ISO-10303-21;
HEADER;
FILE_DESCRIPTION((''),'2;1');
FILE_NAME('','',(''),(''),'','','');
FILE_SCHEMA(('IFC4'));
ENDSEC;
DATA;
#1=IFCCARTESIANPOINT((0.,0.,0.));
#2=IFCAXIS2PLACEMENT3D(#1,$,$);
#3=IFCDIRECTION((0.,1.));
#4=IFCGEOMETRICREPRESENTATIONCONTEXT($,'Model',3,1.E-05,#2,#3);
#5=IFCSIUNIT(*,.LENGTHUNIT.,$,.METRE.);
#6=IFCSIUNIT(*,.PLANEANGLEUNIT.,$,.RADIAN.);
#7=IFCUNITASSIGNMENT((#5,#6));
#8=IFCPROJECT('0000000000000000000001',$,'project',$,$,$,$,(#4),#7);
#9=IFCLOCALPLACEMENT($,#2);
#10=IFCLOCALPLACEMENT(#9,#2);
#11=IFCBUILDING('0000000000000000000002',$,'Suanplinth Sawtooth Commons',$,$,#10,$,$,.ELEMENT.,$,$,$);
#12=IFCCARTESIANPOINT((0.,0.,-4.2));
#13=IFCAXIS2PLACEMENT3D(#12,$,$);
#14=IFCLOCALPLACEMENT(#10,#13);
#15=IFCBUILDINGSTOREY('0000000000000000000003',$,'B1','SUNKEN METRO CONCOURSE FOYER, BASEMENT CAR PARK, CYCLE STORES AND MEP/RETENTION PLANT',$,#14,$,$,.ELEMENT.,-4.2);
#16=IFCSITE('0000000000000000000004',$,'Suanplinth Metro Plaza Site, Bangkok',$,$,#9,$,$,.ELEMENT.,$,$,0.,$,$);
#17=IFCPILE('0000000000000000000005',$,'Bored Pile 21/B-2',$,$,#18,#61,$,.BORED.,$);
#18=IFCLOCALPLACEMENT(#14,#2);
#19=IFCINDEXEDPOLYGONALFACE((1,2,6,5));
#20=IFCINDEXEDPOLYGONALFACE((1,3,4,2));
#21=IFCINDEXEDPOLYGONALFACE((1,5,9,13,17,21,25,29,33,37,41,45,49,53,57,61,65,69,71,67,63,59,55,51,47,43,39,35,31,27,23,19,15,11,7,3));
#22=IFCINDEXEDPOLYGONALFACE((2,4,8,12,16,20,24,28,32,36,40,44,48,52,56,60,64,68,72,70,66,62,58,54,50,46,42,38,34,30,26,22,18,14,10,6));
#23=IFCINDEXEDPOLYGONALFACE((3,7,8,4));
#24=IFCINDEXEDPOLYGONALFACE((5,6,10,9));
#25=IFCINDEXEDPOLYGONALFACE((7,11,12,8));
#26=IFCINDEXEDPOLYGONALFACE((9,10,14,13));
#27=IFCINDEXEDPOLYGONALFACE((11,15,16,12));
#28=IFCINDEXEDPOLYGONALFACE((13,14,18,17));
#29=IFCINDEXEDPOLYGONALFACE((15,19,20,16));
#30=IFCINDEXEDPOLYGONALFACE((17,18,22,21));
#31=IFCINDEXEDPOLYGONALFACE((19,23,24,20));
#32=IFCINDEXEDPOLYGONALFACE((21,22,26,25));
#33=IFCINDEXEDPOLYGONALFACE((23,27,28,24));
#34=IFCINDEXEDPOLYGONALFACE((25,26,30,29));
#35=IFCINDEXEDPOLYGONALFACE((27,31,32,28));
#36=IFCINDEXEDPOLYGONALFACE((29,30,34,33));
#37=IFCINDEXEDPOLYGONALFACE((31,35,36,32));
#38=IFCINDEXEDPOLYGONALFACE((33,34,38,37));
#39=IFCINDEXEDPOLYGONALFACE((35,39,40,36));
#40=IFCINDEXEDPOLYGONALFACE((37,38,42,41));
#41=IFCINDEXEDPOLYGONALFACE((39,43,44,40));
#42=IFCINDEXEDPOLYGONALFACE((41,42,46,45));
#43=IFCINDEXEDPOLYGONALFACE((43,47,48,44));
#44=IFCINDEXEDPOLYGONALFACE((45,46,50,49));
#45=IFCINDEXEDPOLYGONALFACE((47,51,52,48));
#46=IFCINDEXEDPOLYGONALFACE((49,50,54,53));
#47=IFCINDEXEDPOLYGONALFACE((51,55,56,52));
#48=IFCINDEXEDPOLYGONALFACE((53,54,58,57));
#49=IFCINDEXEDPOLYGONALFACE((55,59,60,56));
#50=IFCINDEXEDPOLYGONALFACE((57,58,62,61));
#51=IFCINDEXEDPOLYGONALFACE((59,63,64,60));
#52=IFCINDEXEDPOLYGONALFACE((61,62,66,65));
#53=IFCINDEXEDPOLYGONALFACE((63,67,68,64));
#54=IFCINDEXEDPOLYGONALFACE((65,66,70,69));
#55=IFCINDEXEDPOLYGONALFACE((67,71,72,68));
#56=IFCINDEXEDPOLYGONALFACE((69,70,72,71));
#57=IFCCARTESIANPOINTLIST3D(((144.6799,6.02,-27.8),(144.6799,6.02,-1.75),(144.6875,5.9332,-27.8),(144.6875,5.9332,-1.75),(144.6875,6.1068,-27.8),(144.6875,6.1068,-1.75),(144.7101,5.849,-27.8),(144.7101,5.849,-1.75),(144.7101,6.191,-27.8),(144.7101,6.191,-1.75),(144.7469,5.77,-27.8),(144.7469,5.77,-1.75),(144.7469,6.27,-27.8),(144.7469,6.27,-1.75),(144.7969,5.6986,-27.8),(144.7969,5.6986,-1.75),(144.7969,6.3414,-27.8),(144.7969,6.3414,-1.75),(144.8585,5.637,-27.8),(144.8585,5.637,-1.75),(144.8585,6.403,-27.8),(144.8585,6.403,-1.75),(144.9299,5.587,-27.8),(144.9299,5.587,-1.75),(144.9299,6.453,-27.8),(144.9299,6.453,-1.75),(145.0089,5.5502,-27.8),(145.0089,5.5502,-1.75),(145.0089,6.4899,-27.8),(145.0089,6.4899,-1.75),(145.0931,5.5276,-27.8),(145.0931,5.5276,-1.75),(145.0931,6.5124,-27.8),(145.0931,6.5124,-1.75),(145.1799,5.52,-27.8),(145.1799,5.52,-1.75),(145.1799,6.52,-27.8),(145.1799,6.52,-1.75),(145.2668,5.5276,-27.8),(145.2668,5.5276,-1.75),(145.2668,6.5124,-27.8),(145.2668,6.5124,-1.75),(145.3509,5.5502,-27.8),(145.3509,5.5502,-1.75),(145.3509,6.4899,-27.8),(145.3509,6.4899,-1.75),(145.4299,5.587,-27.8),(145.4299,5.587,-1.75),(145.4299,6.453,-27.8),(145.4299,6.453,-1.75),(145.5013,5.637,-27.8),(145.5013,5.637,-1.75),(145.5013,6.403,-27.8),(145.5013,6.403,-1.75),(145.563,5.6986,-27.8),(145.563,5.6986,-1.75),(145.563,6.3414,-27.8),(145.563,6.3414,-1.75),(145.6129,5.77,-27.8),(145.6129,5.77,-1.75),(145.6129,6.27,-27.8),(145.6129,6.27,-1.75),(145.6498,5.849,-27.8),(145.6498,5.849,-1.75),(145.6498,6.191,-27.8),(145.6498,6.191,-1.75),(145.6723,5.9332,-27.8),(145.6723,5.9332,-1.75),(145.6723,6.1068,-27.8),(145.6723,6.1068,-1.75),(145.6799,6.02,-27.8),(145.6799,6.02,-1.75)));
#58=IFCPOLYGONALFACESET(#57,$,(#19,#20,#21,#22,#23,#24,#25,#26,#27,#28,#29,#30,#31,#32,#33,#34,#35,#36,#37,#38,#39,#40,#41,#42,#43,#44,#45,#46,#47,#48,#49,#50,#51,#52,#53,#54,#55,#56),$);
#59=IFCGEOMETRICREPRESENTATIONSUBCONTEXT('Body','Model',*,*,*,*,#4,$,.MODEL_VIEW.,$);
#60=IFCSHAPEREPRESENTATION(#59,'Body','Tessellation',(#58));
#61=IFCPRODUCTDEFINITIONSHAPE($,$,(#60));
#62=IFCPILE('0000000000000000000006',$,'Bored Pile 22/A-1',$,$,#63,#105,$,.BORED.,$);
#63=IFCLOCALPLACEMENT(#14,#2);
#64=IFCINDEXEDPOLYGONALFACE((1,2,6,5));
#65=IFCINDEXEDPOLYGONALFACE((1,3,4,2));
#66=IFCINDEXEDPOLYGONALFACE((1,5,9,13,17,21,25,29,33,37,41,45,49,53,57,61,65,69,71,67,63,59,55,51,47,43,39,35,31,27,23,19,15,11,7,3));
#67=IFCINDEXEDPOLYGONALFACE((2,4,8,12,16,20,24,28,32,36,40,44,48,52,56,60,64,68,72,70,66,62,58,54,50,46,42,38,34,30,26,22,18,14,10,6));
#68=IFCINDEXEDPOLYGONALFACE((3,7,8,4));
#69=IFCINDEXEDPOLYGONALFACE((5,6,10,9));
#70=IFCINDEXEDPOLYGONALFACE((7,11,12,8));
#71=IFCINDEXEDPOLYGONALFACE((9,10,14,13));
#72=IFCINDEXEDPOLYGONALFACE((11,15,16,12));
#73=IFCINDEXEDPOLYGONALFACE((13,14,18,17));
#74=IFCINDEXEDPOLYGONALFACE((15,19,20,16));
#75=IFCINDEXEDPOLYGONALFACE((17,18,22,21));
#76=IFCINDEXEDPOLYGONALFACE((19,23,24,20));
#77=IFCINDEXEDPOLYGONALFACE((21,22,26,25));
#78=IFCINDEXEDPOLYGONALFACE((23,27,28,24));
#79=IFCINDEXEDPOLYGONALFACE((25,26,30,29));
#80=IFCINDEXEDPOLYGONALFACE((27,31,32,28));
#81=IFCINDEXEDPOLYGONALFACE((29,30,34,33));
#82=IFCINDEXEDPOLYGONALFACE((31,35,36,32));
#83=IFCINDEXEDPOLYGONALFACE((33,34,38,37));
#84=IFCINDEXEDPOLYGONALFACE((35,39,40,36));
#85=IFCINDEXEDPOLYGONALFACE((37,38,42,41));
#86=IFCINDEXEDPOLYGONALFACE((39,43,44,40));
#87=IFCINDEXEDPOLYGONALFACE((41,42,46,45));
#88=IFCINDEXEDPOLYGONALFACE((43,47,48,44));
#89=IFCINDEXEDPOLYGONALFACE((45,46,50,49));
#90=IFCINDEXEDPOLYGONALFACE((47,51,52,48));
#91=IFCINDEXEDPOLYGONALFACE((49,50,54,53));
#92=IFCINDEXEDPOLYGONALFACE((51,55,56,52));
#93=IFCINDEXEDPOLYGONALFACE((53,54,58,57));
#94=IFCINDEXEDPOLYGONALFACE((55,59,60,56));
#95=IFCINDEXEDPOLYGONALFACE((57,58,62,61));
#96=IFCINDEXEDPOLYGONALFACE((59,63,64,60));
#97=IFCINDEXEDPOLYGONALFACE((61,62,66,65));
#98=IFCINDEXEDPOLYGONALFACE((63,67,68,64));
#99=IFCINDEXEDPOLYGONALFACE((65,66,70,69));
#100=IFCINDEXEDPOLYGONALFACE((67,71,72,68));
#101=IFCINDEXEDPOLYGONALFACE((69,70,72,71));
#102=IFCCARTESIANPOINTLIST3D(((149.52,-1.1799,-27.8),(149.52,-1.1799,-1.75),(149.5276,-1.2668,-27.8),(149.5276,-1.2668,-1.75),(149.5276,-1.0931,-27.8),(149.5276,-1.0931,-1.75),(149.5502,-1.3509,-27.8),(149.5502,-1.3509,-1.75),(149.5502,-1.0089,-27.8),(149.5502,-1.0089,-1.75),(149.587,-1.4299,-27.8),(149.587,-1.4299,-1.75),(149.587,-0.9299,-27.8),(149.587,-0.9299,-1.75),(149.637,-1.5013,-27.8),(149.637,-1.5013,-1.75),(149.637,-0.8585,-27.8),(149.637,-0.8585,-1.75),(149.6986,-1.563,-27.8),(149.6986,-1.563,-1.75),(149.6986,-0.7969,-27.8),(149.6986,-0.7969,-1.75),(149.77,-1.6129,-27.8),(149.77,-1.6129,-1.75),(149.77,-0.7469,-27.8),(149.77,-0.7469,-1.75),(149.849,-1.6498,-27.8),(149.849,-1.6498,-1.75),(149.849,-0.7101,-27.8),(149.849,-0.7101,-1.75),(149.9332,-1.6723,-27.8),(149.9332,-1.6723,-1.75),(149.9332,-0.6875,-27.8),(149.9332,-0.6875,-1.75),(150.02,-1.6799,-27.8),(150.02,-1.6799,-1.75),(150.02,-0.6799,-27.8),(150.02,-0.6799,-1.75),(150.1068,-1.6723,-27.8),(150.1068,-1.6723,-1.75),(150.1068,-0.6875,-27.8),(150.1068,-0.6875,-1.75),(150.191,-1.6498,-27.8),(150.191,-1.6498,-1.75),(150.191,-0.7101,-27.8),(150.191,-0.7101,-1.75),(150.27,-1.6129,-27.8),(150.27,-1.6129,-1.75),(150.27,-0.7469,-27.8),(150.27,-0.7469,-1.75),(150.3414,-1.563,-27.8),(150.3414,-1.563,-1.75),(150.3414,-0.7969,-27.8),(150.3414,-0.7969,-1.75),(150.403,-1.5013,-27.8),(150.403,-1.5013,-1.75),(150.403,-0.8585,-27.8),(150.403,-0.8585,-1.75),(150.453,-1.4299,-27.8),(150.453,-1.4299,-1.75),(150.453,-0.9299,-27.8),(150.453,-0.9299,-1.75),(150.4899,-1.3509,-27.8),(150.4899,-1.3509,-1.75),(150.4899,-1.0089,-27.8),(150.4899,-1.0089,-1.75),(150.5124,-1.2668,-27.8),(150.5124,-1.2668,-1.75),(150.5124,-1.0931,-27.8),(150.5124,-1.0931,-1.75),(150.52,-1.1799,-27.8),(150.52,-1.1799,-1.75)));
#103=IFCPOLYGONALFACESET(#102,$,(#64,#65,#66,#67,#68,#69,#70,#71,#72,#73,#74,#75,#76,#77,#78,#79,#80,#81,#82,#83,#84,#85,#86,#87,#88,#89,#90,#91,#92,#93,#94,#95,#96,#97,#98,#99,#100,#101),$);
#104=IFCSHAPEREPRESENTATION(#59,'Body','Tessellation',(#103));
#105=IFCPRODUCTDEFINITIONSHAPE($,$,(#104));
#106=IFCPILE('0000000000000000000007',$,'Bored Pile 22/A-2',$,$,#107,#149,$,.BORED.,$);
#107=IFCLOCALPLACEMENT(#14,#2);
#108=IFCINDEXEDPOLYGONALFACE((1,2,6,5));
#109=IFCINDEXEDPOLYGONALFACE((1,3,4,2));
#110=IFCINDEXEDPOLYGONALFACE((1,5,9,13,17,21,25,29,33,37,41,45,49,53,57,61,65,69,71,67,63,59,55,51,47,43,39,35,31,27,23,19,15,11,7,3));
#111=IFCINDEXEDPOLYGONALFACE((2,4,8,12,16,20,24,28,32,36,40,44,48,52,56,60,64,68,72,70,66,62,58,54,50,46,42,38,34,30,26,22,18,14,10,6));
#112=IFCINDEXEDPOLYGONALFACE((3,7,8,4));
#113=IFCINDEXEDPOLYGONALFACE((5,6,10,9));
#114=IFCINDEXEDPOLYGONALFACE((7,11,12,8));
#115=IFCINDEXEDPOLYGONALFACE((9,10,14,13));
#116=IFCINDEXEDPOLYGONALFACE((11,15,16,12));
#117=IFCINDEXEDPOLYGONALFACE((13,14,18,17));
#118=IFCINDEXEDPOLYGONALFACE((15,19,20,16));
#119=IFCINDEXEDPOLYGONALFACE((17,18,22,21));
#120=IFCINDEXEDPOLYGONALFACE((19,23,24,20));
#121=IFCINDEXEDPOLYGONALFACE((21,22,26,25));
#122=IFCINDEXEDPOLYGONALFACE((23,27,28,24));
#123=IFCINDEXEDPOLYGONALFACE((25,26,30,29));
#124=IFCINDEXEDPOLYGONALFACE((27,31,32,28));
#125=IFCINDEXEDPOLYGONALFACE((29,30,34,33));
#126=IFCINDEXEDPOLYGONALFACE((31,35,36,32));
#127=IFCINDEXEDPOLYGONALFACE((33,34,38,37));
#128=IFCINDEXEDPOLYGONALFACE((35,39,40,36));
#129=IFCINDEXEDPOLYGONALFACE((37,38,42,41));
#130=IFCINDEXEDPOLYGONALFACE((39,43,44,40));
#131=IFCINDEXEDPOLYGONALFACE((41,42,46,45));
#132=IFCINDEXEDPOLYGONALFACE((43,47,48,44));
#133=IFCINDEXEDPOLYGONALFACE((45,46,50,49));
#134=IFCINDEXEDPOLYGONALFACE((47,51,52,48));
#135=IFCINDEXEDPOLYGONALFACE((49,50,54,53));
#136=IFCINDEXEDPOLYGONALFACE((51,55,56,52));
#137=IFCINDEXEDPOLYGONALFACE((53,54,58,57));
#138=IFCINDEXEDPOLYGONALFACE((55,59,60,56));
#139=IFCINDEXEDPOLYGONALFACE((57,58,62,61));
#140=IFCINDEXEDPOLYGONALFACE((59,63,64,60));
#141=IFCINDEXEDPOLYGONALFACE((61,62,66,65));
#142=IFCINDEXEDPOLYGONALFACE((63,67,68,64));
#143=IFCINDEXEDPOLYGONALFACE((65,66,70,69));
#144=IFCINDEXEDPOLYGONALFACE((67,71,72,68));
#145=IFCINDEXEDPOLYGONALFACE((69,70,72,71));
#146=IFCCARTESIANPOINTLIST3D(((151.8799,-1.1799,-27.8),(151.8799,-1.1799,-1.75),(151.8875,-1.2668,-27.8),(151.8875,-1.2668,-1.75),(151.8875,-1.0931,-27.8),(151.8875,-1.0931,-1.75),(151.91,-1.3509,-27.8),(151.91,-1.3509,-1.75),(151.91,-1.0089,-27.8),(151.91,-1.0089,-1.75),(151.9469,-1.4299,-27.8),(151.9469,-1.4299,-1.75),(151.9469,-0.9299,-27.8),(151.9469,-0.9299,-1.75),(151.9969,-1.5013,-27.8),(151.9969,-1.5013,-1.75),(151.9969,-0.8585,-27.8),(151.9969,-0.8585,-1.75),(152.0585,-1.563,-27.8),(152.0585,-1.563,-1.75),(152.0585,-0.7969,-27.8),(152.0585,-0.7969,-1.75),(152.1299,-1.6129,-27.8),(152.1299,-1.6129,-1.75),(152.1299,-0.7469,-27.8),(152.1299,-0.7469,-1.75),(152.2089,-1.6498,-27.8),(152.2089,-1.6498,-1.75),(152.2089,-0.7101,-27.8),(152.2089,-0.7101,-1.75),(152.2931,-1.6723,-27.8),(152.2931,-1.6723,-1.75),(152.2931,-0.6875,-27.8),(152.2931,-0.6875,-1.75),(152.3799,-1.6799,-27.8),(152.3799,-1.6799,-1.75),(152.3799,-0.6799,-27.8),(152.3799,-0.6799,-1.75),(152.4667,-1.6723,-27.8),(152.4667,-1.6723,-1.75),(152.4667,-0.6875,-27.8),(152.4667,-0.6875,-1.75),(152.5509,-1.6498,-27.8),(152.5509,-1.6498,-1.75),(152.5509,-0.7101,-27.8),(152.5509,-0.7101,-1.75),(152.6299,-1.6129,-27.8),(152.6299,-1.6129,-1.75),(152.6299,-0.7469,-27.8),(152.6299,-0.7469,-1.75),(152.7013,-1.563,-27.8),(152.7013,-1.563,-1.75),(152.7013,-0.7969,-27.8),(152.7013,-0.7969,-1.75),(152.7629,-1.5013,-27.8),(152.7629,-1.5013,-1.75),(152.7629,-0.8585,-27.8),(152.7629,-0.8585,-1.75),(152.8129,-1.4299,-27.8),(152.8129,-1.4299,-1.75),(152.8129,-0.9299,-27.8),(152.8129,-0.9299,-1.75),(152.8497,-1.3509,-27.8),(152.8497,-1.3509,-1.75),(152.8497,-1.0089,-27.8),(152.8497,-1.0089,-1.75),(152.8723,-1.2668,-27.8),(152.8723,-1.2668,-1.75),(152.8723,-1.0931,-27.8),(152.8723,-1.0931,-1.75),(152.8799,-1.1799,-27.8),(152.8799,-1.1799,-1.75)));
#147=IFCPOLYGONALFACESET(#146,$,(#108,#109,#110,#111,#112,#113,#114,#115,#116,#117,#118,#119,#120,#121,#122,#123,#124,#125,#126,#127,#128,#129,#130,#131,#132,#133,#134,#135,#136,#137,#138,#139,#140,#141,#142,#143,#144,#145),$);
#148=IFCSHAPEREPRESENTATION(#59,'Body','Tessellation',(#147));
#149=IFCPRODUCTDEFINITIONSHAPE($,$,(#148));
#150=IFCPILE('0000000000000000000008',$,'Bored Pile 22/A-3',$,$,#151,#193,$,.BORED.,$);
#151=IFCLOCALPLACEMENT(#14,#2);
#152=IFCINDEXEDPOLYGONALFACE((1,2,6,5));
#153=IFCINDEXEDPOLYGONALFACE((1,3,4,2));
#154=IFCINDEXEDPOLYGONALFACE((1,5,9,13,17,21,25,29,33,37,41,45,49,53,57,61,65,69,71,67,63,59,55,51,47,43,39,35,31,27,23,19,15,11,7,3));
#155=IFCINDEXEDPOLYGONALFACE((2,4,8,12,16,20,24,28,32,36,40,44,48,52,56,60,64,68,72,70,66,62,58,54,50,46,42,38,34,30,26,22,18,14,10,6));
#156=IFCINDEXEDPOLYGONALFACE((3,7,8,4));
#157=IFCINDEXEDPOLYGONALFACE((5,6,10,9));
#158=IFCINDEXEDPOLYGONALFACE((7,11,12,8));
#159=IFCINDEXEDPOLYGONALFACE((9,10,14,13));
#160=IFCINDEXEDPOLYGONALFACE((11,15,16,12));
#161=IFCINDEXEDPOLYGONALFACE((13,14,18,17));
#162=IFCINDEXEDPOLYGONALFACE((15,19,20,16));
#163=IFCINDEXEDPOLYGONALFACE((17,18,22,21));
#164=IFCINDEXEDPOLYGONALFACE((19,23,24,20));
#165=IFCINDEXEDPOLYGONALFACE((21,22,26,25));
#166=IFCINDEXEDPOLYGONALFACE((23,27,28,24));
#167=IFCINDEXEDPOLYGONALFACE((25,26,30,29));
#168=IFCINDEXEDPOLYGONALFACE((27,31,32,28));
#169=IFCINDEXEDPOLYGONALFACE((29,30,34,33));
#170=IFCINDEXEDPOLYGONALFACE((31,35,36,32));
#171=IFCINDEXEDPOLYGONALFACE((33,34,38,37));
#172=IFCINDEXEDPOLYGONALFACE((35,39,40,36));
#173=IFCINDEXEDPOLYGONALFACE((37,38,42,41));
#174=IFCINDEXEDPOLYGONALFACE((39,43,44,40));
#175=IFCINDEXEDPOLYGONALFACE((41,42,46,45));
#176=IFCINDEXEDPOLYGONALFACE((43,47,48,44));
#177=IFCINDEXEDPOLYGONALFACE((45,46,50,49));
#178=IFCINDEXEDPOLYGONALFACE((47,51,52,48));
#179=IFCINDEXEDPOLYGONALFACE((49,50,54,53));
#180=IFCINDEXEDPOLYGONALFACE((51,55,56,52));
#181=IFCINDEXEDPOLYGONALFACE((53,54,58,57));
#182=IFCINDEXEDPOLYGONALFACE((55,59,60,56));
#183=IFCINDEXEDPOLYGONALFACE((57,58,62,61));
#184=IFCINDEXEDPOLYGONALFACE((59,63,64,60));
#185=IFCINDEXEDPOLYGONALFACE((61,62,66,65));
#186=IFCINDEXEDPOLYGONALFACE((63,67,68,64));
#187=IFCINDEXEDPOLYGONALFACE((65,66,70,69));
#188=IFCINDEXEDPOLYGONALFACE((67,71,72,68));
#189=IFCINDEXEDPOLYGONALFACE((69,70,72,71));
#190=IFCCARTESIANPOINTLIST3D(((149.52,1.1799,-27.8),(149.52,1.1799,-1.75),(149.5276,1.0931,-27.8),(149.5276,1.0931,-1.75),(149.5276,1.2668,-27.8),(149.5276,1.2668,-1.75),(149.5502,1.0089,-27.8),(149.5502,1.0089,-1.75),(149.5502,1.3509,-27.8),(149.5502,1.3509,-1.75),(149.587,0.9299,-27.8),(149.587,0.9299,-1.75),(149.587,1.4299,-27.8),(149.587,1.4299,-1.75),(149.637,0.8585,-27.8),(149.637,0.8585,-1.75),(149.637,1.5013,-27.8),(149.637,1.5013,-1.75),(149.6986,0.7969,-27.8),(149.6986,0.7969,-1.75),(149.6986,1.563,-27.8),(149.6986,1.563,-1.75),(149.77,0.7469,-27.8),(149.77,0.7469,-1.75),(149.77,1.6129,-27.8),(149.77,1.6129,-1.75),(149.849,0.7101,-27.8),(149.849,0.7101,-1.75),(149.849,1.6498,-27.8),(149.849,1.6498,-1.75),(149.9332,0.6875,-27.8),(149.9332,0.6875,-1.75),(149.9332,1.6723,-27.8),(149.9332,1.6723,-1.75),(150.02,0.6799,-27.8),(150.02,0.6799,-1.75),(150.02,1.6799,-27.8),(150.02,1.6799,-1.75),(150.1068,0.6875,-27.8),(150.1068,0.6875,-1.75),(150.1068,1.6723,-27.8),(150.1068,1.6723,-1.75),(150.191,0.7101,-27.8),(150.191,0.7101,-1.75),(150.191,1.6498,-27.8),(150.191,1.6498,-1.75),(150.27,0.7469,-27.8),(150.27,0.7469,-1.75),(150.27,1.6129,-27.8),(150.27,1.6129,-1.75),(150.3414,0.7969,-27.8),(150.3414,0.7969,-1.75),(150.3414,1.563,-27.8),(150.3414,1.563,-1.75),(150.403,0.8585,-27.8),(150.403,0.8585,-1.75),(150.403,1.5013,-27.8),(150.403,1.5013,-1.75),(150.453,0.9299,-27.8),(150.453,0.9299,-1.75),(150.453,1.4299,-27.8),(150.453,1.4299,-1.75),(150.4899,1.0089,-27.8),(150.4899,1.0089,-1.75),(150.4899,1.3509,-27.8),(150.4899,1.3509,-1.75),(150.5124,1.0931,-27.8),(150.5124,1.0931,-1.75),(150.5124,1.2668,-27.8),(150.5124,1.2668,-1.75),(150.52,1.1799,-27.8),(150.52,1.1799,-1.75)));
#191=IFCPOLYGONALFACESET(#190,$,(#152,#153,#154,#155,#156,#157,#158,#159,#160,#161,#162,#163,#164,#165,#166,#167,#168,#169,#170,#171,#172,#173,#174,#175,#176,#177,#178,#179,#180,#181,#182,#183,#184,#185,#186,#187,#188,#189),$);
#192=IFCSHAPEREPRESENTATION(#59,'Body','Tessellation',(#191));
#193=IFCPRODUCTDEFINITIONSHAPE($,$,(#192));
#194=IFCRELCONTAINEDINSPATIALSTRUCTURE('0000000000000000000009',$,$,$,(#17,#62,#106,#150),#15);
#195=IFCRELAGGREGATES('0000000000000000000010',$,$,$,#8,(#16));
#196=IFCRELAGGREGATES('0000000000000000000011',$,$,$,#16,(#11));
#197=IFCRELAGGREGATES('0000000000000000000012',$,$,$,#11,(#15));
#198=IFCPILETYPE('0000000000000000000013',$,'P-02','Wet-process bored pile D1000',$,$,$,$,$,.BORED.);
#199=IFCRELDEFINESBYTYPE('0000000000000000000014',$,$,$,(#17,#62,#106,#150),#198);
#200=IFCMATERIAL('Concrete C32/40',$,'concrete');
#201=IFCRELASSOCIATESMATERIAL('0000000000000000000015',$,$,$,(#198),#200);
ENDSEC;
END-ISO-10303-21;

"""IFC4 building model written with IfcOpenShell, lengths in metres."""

from ifc_helpers import new_model, si_unit, direction, frame, origin, origin_2d, place, context, subcontext, project, spatial, circle, extrude, material, material_profile, profile_set, type_object, element, save


model = new_model("IFC4")

# Units and contexts
model_context = context("Model", 3, precision=1e-05, world=origin(), true_north=direction((0.0, 1.0)))
body_context = subcontext(model_context, "Body", "Model", "MODEL_VIEW")
ifc_project = project(units=[si_unit("LENGTHUNIT", "METRE"), si_unit("PLANEANGLEUNIT", "RADIAN")], contexts=[model_context])

# Site, building, storey
site_placement = place(None, origin())
site = spatial("IfcSite", under=ifc_project, at=site_placement, Name="Suanplinth Metro Plaza Site, Bangkok", CompositionType="ELEMENT", RefElevation=0.0)
building_placement = place(site_placement, origin())
building = spatial("IfcBuilding", under=site, at=building_placement, Name="Suanplinth Sawtooth Commons", CompositionType="ELEMENT")
storey_placement = place(building_placement, frame((0.0, 0.0, -4.2)))
storey = spatial("IfcBuildingStorey", under=building, at=storey_placement, Name="B1", Description="SUNKEN METRO CONCOURSE FOYER, BASEMENT CAR PARK, CYCLE STORES AND MEP/RETENTION PLANT", CompositionType="ELEMENT", Elevation=-4.2)

# Piles
ifc_material_1 = material(Name="Concrete C32/40", Category="concrete")
ifc_material_profile_1 = material_profile(ifc_material_1, circle(Radius=0.5, at=origin_2d()), Name="PILE D1000")
ifc_profile_set_1 = profile_set([ifc_material_profile_1], Name="Concrete C32/40")
pile_type = type_object("IfcPileType", Name="P-02", Description="Wet-process bored pile D1000", PredefinedType="BORED", material=ifc_profile_set_1)
for number, where, z_axis, x_axis, name in (
    (1, (145.1799, 6.02, -1.75), (0.0, 0.0, -1.0), (1.0, 0.0, 0.0), "Bored Pile 21/B-2"),
    (2, (150.02, -1.1799, -1.75), (0.0, 0.0, -1.0), (1.0, 0.0, 0.0), "Bored Pile 22/A-1"),
    (3, (152.3799, -1.1799, -1.75), (0.0, 0.0, -1.0), (1.0, 0.0, 0.0), "Bored Pile 22/A-2"),
    (4, (150.02, 1.1799, -1.75), (0.0, 0.0, -1.0), (1.0, 0.0, 0.0), "Bored Pile 22/A-3"),
):
    element("IfcPile", number, at=place(storey_placement, frame(where, z_axis=z_axis, x_axis=x_axis)), inside=storey, type_object=pile_type, Name=name, PredefinedType="BORED", context=body_context, shape_type="SweptSolid", body=[
        extrude(circle(Radius=0.5, at=origin_2d()), origin(), (0.0, 0.0, 1.0), 26.05),
    ])

save(model, "model.ifc")
